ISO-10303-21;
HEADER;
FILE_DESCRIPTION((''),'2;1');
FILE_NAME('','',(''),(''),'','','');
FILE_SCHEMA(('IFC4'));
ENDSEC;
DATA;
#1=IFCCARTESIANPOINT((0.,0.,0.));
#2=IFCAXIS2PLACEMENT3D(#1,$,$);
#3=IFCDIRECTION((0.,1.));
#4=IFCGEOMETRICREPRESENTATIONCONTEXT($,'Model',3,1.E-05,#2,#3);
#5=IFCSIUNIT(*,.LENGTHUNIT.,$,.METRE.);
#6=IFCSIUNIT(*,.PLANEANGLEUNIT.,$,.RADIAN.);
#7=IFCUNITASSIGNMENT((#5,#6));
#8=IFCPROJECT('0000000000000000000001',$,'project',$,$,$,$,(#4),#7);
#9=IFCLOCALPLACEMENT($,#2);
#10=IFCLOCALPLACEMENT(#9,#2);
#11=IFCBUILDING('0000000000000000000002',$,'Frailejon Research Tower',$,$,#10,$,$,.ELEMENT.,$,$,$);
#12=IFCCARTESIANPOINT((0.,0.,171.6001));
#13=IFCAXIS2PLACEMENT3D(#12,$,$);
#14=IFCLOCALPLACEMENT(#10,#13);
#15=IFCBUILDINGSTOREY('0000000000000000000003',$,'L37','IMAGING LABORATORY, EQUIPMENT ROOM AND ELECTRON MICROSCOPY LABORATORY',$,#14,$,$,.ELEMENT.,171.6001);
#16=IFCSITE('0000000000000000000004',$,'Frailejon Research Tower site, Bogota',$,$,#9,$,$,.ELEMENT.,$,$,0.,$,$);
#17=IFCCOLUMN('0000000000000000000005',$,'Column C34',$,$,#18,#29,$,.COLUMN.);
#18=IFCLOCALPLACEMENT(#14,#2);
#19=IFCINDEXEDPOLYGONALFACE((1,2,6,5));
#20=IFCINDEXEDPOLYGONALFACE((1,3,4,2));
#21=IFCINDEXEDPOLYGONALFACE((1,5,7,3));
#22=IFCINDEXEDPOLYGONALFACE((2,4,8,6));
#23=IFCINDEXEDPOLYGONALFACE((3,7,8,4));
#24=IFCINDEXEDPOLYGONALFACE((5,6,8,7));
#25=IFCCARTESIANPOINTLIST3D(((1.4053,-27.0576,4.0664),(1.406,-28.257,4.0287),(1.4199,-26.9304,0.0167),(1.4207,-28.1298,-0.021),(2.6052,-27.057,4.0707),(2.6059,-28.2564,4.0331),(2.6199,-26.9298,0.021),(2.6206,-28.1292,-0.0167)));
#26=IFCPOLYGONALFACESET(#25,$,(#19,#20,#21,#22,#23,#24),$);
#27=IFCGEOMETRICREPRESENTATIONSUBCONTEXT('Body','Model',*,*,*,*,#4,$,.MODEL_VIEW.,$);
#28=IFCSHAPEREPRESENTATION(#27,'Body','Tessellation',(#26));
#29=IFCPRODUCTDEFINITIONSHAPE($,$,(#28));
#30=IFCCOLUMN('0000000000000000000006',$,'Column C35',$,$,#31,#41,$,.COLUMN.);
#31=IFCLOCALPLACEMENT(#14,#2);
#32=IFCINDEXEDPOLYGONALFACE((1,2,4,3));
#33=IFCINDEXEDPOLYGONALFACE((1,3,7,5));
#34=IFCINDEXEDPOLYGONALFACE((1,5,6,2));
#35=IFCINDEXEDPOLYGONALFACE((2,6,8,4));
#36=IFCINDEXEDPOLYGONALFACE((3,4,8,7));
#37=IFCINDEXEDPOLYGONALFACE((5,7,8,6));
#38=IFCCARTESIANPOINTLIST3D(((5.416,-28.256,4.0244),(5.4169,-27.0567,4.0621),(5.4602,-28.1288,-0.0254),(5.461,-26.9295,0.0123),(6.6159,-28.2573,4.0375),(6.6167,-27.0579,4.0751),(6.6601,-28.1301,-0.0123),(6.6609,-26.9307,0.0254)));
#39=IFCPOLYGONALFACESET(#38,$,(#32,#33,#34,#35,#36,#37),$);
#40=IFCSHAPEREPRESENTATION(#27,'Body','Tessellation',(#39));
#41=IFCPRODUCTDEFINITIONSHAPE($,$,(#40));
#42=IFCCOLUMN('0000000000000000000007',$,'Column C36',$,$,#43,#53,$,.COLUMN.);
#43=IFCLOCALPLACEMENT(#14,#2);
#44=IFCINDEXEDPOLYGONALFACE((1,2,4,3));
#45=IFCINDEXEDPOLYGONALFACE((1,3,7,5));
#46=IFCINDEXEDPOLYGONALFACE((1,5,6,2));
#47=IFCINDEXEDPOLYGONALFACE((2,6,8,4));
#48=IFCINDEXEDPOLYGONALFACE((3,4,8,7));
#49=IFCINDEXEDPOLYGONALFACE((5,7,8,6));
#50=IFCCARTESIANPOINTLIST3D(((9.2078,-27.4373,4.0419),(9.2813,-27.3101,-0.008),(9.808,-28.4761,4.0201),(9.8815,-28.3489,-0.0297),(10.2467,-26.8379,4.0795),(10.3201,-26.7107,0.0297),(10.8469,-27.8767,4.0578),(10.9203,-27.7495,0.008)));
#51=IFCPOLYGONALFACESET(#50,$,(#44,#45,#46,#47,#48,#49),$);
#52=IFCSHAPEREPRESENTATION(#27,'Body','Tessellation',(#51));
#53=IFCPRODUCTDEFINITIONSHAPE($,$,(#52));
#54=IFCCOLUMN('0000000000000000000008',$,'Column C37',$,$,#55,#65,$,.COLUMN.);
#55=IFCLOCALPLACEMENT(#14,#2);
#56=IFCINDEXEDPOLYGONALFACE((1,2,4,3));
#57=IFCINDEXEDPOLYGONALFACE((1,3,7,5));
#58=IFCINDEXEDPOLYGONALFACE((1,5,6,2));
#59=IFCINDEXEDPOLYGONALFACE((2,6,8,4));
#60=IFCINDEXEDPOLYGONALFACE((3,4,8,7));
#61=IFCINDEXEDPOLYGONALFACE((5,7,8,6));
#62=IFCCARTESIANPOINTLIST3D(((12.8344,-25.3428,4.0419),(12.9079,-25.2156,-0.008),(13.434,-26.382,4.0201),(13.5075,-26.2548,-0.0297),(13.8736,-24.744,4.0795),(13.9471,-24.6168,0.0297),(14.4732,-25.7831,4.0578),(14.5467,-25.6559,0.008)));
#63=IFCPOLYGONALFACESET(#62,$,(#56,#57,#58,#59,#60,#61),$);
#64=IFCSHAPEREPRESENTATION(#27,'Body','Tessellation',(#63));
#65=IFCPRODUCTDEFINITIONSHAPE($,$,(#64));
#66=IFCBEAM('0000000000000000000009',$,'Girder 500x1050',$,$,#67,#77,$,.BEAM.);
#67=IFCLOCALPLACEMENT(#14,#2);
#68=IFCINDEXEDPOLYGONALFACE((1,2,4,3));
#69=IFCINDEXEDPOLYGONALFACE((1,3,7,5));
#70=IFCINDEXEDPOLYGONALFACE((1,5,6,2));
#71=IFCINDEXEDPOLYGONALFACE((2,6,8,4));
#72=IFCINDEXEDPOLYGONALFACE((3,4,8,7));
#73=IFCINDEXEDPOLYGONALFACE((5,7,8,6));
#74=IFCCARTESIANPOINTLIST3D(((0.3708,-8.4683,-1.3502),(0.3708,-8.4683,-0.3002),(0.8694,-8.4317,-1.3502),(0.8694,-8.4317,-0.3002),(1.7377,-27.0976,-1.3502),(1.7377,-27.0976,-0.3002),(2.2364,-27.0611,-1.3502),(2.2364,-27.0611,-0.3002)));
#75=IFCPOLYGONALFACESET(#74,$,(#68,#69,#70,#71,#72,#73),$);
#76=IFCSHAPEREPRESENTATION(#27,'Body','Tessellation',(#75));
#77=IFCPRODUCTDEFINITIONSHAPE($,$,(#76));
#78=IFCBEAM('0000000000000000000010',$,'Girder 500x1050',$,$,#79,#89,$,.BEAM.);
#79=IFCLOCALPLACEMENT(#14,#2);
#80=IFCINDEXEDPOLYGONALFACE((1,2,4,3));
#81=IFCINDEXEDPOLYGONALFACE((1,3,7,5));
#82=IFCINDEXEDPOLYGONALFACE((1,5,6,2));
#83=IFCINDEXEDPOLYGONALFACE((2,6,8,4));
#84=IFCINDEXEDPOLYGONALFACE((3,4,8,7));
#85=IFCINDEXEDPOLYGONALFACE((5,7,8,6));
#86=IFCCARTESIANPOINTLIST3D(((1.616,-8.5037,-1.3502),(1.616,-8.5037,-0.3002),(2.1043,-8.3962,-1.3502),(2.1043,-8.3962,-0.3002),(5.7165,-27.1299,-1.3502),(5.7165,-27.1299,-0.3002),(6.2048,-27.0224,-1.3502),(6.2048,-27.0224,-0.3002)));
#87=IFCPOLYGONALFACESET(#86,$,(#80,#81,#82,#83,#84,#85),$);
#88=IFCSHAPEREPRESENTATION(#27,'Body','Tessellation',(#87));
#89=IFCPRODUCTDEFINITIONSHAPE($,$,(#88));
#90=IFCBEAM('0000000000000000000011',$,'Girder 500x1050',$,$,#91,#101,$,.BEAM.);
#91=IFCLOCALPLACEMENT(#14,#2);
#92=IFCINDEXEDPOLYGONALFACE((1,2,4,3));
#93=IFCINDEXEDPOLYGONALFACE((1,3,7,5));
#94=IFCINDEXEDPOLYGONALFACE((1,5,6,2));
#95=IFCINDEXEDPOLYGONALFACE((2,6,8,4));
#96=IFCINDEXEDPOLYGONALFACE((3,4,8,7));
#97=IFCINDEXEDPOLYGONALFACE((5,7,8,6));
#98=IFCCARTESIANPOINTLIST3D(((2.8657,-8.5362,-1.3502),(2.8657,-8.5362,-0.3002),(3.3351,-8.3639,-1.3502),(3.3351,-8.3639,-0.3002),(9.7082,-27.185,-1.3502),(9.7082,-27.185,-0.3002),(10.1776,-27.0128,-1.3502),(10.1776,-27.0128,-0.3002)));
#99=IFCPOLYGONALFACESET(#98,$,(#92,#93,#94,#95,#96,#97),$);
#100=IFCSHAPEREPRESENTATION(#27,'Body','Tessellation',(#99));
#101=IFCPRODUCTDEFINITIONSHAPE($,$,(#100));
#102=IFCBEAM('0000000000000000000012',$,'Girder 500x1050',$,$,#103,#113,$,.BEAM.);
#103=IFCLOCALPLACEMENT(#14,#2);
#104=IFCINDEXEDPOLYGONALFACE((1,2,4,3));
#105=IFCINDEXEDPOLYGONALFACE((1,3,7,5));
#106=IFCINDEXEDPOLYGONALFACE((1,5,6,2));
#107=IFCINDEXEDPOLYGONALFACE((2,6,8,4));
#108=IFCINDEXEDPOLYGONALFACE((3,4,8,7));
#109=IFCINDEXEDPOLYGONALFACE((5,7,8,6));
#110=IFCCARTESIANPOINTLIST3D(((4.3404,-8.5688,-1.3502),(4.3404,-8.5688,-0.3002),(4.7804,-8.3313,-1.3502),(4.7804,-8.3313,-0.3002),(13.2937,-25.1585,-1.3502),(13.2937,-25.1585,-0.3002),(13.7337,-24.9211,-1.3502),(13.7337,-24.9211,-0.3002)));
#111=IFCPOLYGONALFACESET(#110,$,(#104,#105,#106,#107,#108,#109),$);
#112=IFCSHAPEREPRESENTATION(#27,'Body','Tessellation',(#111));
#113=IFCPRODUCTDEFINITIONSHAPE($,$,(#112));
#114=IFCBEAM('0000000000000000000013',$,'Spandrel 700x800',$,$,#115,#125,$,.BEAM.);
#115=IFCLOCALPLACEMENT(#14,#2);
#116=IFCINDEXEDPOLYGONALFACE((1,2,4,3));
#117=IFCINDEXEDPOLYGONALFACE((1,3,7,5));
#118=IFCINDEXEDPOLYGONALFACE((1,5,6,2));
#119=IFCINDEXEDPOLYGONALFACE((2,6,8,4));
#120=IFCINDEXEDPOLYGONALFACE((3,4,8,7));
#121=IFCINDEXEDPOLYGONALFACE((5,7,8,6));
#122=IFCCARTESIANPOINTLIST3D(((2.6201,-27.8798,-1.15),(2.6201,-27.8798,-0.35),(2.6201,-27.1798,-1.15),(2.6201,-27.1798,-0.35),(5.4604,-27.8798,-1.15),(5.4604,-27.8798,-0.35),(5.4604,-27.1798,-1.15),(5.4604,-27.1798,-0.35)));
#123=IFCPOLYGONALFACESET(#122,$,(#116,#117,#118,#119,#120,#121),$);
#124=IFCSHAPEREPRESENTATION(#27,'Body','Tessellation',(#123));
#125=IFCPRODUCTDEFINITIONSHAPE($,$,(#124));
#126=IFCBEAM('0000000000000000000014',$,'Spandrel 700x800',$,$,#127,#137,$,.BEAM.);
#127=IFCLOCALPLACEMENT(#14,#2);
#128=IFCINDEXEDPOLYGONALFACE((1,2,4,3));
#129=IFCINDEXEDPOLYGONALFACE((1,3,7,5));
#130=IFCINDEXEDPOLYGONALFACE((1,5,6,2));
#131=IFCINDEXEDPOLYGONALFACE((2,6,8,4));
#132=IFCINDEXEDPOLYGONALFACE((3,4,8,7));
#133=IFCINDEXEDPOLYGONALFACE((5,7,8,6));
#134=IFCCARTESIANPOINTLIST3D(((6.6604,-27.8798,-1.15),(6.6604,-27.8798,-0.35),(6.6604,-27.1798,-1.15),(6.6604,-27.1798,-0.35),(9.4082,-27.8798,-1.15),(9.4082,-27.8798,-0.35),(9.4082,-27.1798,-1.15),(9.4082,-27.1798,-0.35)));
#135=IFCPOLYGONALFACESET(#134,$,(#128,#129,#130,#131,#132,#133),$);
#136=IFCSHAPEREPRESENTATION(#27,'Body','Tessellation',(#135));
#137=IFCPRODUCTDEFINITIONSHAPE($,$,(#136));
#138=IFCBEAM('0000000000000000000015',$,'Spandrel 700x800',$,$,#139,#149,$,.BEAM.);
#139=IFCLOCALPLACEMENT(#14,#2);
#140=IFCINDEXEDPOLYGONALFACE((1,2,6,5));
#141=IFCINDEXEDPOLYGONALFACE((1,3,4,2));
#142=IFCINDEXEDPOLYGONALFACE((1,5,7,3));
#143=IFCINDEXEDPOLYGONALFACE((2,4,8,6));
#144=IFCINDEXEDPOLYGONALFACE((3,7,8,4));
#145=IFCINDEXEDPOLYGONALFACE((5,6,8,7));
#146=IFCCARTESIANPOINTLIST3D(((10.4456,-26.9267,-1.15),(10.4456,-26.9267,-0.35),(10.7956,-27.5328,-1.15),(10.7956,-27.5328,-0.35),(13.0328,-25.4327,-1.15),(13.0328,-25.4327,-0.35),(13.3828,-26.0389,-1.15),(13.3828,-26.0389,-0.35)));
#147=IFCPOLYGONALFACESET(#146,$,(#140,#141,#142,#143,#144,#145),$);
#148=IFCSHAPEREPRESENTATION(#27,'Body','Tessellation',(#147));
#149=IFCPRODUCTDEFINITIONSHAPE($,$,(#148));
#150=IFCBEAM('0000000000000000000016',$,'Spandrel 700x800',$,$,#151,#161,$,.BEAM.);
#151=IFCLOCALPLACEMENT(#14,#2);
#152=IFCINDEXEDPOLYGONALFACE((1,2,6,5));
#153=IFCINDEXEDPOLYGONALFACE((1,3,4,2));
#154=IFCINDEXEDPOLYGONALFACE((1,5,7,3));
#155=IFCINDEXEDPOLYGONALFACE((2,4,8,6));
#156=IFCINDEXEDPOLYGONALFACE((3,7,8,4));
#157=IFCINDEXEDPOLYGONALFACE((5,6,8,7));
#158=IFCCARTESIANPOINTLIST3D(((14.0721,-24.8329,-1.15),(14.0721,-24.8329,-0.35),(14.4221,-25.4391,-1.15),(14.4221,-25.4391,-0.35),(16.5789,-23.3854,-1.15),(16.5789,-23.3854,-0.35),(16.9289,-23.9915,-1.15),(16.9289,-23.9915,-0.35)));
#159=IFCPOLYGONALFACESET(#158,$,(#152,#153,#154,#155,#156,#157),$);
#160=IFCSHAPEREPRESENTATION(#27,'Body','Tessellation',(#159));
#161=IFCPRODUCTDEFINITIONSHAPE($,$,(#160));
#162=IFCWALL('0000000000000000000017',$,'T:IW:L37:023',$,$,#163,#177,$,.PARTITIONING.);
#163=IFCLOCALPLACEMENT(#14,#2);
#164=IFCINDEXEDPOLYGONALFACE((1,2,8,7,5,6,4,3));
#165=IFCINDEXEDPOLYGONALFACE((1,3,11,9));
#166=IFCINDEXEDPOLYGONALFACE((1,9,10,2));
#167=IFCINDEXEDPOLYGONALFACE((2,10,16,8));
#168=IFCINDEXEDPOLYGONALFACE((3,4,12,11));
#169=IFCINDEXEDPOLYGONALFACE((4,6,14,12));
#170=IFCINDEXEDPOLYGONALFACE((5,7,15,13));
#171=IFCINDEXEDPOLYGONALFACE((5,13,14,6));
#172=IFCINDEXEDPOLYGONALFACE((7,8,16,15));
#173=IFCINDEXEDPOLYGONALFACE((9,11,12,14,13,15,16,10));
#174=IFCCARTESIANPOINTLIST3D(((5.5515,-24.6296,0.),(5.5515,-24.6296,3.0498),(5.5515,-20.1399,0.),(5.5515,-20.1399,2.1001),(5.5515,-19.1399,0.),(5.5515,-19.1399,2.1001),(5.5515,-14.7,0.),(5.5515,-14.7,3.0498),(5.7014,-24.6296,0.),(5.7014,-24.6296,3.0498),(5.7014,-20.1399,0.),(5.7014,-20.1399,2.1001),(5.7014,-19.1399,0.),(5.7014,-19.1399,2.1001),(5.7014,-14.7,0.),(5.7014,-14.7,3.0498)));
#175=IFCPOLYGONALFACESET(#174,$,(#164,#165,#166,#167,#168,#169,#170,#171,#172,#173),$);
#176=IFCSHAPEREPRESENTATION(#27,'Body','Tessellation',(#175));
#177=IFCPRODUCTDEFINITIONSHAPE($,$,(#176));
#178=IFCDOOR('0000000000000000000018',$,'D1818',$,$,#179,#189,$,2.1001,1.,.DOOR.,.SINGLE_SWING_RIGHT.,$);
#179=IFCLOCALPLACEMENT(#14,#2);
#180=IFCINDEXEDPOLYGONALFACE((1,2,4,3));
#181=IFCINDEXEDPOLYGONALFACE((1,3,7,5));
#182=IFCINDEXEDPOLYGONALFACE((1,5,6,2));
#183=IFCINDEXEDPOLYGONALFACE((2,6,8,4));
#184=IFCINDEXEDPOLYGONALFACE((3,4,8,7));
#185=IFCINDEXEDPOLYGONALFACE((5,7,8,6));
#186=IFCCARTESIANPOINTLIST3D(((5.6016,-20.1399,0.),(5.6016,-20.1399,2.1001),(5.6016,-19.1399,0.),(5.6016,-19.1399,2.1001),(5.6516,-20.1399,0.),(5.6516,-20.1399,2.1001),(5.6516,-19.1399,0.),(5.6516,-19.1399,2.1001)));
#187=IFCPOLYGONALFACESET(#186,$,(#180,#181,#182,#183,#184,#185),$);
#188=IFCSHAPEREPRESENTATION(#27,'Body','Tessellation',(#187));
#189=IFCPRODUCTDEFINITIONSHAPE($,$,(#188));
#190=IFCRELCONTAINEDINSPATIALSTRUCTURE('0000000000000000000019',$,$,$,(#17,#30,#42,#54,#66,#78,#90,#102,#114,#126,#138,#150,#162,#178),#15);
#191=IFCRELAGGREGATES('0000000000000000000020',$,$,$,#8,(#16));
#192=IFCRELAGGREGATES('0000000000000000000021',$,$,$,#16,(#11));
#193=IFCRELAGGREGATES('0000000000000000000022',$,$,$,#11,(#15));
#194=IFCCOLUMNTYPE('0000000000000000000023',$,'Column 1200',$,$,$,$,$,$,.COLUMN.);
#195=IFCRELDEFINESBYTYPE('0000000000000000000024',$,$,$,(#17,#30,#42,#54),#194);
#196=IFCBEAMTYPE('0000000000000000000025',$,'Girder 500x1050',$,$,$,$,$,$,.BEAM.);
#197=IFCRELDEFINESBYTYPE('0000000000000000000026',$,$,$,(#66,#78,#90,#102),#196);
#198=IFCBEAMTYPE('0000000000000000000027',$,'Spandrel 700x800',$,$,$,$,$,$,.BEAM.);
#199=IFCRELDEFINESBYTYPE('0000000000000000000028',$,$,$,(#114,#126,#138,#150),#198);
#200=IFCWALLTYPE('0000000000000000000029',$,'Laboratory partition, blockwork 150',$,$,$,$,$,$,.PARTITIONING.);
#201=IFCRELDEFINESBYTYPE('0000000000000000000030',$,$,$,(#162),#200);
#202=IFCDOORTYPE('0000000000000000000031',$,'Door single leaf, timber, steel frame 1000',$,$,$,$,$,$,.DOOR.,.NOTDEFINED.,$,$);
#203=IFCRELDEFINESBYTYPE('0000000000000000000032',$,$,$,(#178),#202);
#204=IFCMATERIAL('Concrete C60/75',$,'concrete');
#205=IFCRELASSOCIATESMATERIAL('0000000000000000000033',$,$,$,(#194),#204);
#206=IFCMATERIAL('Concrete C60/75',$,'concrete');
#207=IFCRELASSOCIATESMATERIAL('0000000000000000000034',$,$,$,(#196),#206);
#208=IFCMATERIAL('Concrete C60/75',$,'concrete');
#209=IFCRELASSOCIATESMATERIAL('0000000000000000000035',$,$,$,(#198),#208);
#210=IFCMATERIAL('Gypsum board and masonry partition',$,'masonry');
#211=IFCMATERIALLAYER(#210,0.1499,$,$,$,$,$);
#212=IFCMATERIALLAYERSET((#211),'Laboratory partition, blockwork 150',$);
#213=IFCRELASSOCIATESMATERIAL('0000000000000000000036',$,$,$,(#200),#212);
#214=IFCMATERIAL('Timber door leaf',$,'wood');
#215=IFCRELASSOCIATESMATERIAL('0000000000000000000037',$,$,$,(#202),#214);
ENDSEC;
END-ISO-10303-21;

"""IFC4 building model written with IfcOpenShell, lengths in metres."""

from ifc_helpers import new_model, si_unit, direction, frame, frame_2d, origin, origin_2d, place, context, subcontext, project, spatial, rectangle, extrude, material, layer, layer_set, material_profile, profile_set, type_object, element, fill, save


model = new_model("IFC4")

# Units and contexts
model_context = context("Model", 3, precision=1e-05, world=origin(), true_north=direction((0.0, 1.0)))
body_context = subcontext(model_context, "Body", "Model", "MODEL_VIEW")
ifc_project = project(units=[si_unit("LENGTHUNIT", "METRE"), si_unit("PLANEANGLEUNIT", "RADIAN")], contexts=[model_context])

# Site, building, storey
site_placement = place(None, origin())
site = spatial("IfcSite", under=ifc_project, at=site_placement, Name="Frailejon Research Tower site, Bogota", CompositionType="ELEMENT", RefElevation=0.0)
building_placement = place(site_placement, origin())
building = spatial("IfcBuilding", under=site, at=building_placement, Name="Frailejon Research Tower", CompositionType="ELEMENT")
storey_placement = place(building_placement, frame((0.0, 0.0, 171.6001)))
storey = spatial("IfcBuildingStorey", under=building, at=storey_placement, Name="L37", Description="IMAGING LABORATORY, EQUIPMENT ROOM AND ELECTRON MICROSCOPY LABORATORY", CompositionType="ELEMENT", Elevation=171.6001)

# Columns
ifc_material_1 = material(Name="Concrete C60/75", Category="concrete")
ifc_material_profile_1 = material_profile(ifc_material_1, rectangle(XDim=1.2, YDim=1.2, at=origin_2d()), Name="Column 1200")
ifc_profile_set_1 = profile_set([ifc_material_profile_1], Name="Concrete C60/75")
column_type = type_object("IfcColumnType", Name="Column 1200", PredefinedType="COLUMN", material=ifc_profile_set_1)
column_1_placement = place(storey_placement, frame((2.0203, -27.5298, 0.0), z_axis=(-0.003615, -0.031393, 0.999501), x_axis=(0.999993, 0.000489, 0.003632)))
element("IfcColumn", 1, at=column_1_placement, inside=storey, type_object=column_type, Name="Column C34", PredefinedType="COLUMN", context=body_context, shape_type="SweptSolid", body=[
    extrude(rectangle(XDim=1.2, YDim=1.2, at=origin_2d()), origin(), (0.0, 0.0, 1.0), 4.0518),
])
column_2_placement = place(storey_placement, frame((6.0605, -27.5298, 0.0), z_axis=(-0.010905, -0.031391, 0.999448), x_axis=(0.99994, -0.001064, 0.010877)))
element("IfcColumn", 2, at=column_2_placement, inside=storey, type_object=column_type, Name="Column C35", PredefinedType="COLUMN", context=body_context, shape_type="SweptSolid", body=[
    extrude(rectangle(XDim=1.2, YDim=1.2, at=origin_2d()), origin(), (0.0, 0.0, 1.0), 4.052),
])
for number, where, z_axis, x_axis, name in (
    (3, (10.1008, -27.5298, 0.0), (-0.018134, -0.031388, 0.999343), (0.865729, 0.499528, 0.031398), "Column C36"),
    (4, (13.7273, -25.4358, 0.0), (-0.018134, -0.031388, 0.999343), (0.865999, 0.499059, 0.031389), "Column C37"),
):
    element("IfcColumn", number, at=place(storey_placement, frame(where, z_axis=z_axis, x_axis=x_axis)), inside=storey, type_object=column_type, Name=name, PredefinedType="COLUMN", context=body_context, shape_type="SweptSolid", body=[
        extrude(rectangle(XDim=1.2, YDim=1.2, at=origin_2d()), origin(), (0.0, 0.0, 1.0), 4.0525),
    ])

# Beams
ifc_material_2 = material(Name="Concrete C60/75", Category="concrete")
ifc_material_profile_2 = material_profile(ifc_material_2, rectangle(XDim=0.5, YDim=1.05, at=origin_2d()), Name="Girder 500x1050")
ifc_profile_set_2 = profile_set([ifc_material_profile_2], Name="Concrete C60/75")
beam_type_1 = type_object("IfcBeamType", Name="Girder 500x1050", PredefinedType="BEAM", material=ifc_profile_set_2)
beam_1_placement = place(storey_placement, frame((1.9871, -27.0793, -0.8252), z_axis=(-0.073179, 0.997319, 0.0), x_axis=(-0.997319, -0.073179, 0.0)))
element("IfcBeam", 5, at=beam_1_placement, inside=storey, type_object=beam_type_1, Name="Girder 500x1050", PredefinedType="BEAM", context=body_context, shape_type="SweptSolid", body=[
    extrude(rectangle(XDim=0.5, YDim=1.05, at=origin_2d()), origin(), (0.0, 0.0, 1.0), 18.6794),
])
beam_2_placement = place(storey_placement, frame((5.9607, -27.0762, -0.8252), z_axis=(-0.215003, 0.976613, 0.0), x_axis=(-0.976613, -0.215003, 0.0)))
element("IfcBeam", 6, at=beam_2_placement, inside=storey, type_object=beam_type_1, Name="Girder 500x1050", PredefinedType="BEAM", context=body_context, shape_type="SweptSolid", body=[
    extrude(rectangle(XDim=0.5, YDim=1.05, at=origin_2d()), origin(), (0.0, 0.0, 1.0), 19.0723),
])
beam_3_placement = place(storey_placement, frame((9.9429, -27.0989, -0.8252), z_axis=(-0.344458, 0.938802, 0.0), x_axis=(-0.938802, -0.344458, 0.0)))
element("IfcBeam", 7, at=beam_3_placement, inside=storey, type_object=beam_type_1, Name="Girder 500x1050", PredefinedType="BEAM", context=body_context, shape_type="SweptSolid", body=[
    extrude(rectangle(XDim=0.5, YDim=1.05, at=origin_2d()), origin(), (0.0, 0.0, 1.0), 19.8645),
])
beam_4_placement = place(storey_placement, frame((13.5137, -25.0398, -0.8252), z_axis=(-0.474938, 0.88002, 0.0), x_axis=(-0.88002, -0.474938, 0.0)))
element("IfcBeam", 8, at=beam_4_placement, inside=storey, type_object=beam_type_1, Name="Girder 500x1050", PredefinedType="BEAM", context=body_context, shape_type="SweptSolid", body=[
    extrude(rectangle(XDim=0.5, YDim=1.05, at=origin_2d()), origin(), (0.0, 0.0, 1.0), 18.8516),
])
ifc_material_3 = material(Name="Concrete C60/75", Category="concrete")
ifc_material_profile_3 = material_profile(ifc_material_3, rectangle(XDim=0.7, YDim=0.8, at=origin_2d()), Name="Spandrel 700x800")
ifc_profile_set_3 = profile_set([ifc_material_profile_3], Name="Concrete C60/75")
beam_type_2 = type_object("IfcBeamType", Name="Spandrel 700x800", PredefinedType="BEAM", material=ifc_profile_set_3)
beam_5_placement = place(storey_placement, frame((2.6201, -27.5298, -0.75), z_axis=(1.0, 0.0, 0.0), x_axis=(0.0, 1.0, 0.0)))
element("IfcBeam", 9, at=beam_5_placement, inside=storey, type_object=beam_type_2, Name="Spandrel 700x800", PredefinedType="BEAM", context=body_context, shape_type="SweptSolid", body=[
    extrude(rectangle(XDim=0.7, YDim=0.8, at=origin_2d()), origin(), (0.0, 0.0, 1.0), 2.8403),
])
beam_6_placement = place(storey_placement, frame((6.6604, -27.5298, -0.75), z_axis=(1.0, 0.0, 0.0), x_axis=(0.0, 1.0, 0.0)))
element("IfcBeam", 10, at=beam_6_placement, inside=storey, type_object=beam_type_2, Name="Spandrel 700x800", PredefinedType="BEAM", context=body_context, shape_type="SweptSolid", body=[
    extrude(rectangle(XDim=0.7, YDim=0.8, at=origin_2d()), origin(), (0.0, 0.0, 1.0), 2.7478),
])
beam_7_placement = place(storey_placement, frame((10.6206, -27.2297, -0.75), z_axis=(0.865996, 0.50005, 0.0), x_axis=(-0.50005, 0.865996, 0.0)))
element("IfcBeam", 11, at=beam_7_placement, inside=storey, type_object=beam_type_2, Name="Spandrel 700x800", PredefinedType="BEAM", context=body_context, shape_type="SweptSolid", body=[
    extrude(rectangle(XDim=0.7, YDim=0.8, at=origin_2d()), origin(), (0.0, 0.0, 1.0), 2.9875),
])
beam_8_placement = place(storey_placement, frame((14.2471, -25.136, -0.75), z_axis=(0.865997, 0.500049, 0.0), x_axis=(-0.500049, 0.865997, 0.0)))
element("IfcBeam", 12, at=beam_8_placement, inside=storey, type_object=beam_type_2, Name="Spandrel 700x800", PredefinedType="BEAM", context=body_context, shape_type="SweptSolid", body=[
    extrude(rectangle(XDim=0.7, YDim=0.8, at=origin_2d()), origin(), (0.0, 0.0, 1.0), 2.8948),
])

# Wall, opening, door
ifc_material_4 = material(Name="Gypsum board and masonry partition", Category="masonry")
ifc_layer_1 = layer(ifc_material_4, 0.1499)
ifc_layer_set_1 = layer_set([ifc_layer_1], Name="Laboratory partition, blockwork 150")
wall_type_1 = type_object("IfcWallType", Name="Laboratory partition, blockwork 150", PredefinedType="PARTITIONING", material=ifc_layer_set_1)
wall_1_placement = place(storey_placement, frame((5.6265, -24.6296, 0.0), z_axis=(0.0, 0.0, 1.0), x_axis=(0.0, 1.0, 0.0)))
wall_1 = element("IfcWall", 13, at=wall_1_placement, inside=storey, type_object=wall_type_1, Name="T:IW:L37:023", PredefinedType="PARTITIONING", context=body_context, shape_type="SweptSolid", body=[
    extrude(rectangle(XDim=9.9297, YDim=0.1499, at=frame_2d((4.9648, 0.0))), origin(), (0.0, 0.0, 1.0), 3.0498),
])
opening_1_placement = place(wall_1_placement, frame((4.4897, 0.0, 0.0)))
opening_1 = element("IfcOpeningElement", 14, at=opening_1_placement, cuts=wall_1, PredefinedType="OPENING", context=body_context, shape_type="SweptSolid", body=[
    extrude(rectangle(XDim=1.0, YDim=2.1001, at=frame_2d((0.5, 1.05))), frame((0.0, 0.085, 0.0), z_axis=(0.0, -1.0, 0.0), x_axis=(1.0, 0.0, 0.0)), (0.0, 0.0, 1.0), 0.1699),
])
ifc_material_5 = material(Name="Timber door leaf", Category="wood")
door_type = type_object("IfcDoorType", Name="Door single leaf, timber, steel frame 1000", OperationType="NOTDEFINED", PredefinedType="DOOR", material=ifc_material_5)
door_placement = place(opening_1_placement, origin())
door = element("IfcDoor", 15, at=door_placement, inside=storey, type_object=door_type, Name="D1818", OperationType="SINGLE_SWING_RIGHT", OverallHeight=2.1001, OverallWidth=1.0, PredefinedType="DOOR", context=body_context, shape_type="SweptSolid", body=[
    extrude(rectangle(XDim=1.0, YDim=2.1001, at=frame_2d((0.5, 1.05))), frame((0.0, 0.0249, 0.0), z_axis=(0.0, -1.0, 0.0), x_axis=(1.0, 0.0, 0.0)), (0.0, 0.0, 1.0), 0.05),
])
fill(opening_1, door)

save(model, "model.ifc")
